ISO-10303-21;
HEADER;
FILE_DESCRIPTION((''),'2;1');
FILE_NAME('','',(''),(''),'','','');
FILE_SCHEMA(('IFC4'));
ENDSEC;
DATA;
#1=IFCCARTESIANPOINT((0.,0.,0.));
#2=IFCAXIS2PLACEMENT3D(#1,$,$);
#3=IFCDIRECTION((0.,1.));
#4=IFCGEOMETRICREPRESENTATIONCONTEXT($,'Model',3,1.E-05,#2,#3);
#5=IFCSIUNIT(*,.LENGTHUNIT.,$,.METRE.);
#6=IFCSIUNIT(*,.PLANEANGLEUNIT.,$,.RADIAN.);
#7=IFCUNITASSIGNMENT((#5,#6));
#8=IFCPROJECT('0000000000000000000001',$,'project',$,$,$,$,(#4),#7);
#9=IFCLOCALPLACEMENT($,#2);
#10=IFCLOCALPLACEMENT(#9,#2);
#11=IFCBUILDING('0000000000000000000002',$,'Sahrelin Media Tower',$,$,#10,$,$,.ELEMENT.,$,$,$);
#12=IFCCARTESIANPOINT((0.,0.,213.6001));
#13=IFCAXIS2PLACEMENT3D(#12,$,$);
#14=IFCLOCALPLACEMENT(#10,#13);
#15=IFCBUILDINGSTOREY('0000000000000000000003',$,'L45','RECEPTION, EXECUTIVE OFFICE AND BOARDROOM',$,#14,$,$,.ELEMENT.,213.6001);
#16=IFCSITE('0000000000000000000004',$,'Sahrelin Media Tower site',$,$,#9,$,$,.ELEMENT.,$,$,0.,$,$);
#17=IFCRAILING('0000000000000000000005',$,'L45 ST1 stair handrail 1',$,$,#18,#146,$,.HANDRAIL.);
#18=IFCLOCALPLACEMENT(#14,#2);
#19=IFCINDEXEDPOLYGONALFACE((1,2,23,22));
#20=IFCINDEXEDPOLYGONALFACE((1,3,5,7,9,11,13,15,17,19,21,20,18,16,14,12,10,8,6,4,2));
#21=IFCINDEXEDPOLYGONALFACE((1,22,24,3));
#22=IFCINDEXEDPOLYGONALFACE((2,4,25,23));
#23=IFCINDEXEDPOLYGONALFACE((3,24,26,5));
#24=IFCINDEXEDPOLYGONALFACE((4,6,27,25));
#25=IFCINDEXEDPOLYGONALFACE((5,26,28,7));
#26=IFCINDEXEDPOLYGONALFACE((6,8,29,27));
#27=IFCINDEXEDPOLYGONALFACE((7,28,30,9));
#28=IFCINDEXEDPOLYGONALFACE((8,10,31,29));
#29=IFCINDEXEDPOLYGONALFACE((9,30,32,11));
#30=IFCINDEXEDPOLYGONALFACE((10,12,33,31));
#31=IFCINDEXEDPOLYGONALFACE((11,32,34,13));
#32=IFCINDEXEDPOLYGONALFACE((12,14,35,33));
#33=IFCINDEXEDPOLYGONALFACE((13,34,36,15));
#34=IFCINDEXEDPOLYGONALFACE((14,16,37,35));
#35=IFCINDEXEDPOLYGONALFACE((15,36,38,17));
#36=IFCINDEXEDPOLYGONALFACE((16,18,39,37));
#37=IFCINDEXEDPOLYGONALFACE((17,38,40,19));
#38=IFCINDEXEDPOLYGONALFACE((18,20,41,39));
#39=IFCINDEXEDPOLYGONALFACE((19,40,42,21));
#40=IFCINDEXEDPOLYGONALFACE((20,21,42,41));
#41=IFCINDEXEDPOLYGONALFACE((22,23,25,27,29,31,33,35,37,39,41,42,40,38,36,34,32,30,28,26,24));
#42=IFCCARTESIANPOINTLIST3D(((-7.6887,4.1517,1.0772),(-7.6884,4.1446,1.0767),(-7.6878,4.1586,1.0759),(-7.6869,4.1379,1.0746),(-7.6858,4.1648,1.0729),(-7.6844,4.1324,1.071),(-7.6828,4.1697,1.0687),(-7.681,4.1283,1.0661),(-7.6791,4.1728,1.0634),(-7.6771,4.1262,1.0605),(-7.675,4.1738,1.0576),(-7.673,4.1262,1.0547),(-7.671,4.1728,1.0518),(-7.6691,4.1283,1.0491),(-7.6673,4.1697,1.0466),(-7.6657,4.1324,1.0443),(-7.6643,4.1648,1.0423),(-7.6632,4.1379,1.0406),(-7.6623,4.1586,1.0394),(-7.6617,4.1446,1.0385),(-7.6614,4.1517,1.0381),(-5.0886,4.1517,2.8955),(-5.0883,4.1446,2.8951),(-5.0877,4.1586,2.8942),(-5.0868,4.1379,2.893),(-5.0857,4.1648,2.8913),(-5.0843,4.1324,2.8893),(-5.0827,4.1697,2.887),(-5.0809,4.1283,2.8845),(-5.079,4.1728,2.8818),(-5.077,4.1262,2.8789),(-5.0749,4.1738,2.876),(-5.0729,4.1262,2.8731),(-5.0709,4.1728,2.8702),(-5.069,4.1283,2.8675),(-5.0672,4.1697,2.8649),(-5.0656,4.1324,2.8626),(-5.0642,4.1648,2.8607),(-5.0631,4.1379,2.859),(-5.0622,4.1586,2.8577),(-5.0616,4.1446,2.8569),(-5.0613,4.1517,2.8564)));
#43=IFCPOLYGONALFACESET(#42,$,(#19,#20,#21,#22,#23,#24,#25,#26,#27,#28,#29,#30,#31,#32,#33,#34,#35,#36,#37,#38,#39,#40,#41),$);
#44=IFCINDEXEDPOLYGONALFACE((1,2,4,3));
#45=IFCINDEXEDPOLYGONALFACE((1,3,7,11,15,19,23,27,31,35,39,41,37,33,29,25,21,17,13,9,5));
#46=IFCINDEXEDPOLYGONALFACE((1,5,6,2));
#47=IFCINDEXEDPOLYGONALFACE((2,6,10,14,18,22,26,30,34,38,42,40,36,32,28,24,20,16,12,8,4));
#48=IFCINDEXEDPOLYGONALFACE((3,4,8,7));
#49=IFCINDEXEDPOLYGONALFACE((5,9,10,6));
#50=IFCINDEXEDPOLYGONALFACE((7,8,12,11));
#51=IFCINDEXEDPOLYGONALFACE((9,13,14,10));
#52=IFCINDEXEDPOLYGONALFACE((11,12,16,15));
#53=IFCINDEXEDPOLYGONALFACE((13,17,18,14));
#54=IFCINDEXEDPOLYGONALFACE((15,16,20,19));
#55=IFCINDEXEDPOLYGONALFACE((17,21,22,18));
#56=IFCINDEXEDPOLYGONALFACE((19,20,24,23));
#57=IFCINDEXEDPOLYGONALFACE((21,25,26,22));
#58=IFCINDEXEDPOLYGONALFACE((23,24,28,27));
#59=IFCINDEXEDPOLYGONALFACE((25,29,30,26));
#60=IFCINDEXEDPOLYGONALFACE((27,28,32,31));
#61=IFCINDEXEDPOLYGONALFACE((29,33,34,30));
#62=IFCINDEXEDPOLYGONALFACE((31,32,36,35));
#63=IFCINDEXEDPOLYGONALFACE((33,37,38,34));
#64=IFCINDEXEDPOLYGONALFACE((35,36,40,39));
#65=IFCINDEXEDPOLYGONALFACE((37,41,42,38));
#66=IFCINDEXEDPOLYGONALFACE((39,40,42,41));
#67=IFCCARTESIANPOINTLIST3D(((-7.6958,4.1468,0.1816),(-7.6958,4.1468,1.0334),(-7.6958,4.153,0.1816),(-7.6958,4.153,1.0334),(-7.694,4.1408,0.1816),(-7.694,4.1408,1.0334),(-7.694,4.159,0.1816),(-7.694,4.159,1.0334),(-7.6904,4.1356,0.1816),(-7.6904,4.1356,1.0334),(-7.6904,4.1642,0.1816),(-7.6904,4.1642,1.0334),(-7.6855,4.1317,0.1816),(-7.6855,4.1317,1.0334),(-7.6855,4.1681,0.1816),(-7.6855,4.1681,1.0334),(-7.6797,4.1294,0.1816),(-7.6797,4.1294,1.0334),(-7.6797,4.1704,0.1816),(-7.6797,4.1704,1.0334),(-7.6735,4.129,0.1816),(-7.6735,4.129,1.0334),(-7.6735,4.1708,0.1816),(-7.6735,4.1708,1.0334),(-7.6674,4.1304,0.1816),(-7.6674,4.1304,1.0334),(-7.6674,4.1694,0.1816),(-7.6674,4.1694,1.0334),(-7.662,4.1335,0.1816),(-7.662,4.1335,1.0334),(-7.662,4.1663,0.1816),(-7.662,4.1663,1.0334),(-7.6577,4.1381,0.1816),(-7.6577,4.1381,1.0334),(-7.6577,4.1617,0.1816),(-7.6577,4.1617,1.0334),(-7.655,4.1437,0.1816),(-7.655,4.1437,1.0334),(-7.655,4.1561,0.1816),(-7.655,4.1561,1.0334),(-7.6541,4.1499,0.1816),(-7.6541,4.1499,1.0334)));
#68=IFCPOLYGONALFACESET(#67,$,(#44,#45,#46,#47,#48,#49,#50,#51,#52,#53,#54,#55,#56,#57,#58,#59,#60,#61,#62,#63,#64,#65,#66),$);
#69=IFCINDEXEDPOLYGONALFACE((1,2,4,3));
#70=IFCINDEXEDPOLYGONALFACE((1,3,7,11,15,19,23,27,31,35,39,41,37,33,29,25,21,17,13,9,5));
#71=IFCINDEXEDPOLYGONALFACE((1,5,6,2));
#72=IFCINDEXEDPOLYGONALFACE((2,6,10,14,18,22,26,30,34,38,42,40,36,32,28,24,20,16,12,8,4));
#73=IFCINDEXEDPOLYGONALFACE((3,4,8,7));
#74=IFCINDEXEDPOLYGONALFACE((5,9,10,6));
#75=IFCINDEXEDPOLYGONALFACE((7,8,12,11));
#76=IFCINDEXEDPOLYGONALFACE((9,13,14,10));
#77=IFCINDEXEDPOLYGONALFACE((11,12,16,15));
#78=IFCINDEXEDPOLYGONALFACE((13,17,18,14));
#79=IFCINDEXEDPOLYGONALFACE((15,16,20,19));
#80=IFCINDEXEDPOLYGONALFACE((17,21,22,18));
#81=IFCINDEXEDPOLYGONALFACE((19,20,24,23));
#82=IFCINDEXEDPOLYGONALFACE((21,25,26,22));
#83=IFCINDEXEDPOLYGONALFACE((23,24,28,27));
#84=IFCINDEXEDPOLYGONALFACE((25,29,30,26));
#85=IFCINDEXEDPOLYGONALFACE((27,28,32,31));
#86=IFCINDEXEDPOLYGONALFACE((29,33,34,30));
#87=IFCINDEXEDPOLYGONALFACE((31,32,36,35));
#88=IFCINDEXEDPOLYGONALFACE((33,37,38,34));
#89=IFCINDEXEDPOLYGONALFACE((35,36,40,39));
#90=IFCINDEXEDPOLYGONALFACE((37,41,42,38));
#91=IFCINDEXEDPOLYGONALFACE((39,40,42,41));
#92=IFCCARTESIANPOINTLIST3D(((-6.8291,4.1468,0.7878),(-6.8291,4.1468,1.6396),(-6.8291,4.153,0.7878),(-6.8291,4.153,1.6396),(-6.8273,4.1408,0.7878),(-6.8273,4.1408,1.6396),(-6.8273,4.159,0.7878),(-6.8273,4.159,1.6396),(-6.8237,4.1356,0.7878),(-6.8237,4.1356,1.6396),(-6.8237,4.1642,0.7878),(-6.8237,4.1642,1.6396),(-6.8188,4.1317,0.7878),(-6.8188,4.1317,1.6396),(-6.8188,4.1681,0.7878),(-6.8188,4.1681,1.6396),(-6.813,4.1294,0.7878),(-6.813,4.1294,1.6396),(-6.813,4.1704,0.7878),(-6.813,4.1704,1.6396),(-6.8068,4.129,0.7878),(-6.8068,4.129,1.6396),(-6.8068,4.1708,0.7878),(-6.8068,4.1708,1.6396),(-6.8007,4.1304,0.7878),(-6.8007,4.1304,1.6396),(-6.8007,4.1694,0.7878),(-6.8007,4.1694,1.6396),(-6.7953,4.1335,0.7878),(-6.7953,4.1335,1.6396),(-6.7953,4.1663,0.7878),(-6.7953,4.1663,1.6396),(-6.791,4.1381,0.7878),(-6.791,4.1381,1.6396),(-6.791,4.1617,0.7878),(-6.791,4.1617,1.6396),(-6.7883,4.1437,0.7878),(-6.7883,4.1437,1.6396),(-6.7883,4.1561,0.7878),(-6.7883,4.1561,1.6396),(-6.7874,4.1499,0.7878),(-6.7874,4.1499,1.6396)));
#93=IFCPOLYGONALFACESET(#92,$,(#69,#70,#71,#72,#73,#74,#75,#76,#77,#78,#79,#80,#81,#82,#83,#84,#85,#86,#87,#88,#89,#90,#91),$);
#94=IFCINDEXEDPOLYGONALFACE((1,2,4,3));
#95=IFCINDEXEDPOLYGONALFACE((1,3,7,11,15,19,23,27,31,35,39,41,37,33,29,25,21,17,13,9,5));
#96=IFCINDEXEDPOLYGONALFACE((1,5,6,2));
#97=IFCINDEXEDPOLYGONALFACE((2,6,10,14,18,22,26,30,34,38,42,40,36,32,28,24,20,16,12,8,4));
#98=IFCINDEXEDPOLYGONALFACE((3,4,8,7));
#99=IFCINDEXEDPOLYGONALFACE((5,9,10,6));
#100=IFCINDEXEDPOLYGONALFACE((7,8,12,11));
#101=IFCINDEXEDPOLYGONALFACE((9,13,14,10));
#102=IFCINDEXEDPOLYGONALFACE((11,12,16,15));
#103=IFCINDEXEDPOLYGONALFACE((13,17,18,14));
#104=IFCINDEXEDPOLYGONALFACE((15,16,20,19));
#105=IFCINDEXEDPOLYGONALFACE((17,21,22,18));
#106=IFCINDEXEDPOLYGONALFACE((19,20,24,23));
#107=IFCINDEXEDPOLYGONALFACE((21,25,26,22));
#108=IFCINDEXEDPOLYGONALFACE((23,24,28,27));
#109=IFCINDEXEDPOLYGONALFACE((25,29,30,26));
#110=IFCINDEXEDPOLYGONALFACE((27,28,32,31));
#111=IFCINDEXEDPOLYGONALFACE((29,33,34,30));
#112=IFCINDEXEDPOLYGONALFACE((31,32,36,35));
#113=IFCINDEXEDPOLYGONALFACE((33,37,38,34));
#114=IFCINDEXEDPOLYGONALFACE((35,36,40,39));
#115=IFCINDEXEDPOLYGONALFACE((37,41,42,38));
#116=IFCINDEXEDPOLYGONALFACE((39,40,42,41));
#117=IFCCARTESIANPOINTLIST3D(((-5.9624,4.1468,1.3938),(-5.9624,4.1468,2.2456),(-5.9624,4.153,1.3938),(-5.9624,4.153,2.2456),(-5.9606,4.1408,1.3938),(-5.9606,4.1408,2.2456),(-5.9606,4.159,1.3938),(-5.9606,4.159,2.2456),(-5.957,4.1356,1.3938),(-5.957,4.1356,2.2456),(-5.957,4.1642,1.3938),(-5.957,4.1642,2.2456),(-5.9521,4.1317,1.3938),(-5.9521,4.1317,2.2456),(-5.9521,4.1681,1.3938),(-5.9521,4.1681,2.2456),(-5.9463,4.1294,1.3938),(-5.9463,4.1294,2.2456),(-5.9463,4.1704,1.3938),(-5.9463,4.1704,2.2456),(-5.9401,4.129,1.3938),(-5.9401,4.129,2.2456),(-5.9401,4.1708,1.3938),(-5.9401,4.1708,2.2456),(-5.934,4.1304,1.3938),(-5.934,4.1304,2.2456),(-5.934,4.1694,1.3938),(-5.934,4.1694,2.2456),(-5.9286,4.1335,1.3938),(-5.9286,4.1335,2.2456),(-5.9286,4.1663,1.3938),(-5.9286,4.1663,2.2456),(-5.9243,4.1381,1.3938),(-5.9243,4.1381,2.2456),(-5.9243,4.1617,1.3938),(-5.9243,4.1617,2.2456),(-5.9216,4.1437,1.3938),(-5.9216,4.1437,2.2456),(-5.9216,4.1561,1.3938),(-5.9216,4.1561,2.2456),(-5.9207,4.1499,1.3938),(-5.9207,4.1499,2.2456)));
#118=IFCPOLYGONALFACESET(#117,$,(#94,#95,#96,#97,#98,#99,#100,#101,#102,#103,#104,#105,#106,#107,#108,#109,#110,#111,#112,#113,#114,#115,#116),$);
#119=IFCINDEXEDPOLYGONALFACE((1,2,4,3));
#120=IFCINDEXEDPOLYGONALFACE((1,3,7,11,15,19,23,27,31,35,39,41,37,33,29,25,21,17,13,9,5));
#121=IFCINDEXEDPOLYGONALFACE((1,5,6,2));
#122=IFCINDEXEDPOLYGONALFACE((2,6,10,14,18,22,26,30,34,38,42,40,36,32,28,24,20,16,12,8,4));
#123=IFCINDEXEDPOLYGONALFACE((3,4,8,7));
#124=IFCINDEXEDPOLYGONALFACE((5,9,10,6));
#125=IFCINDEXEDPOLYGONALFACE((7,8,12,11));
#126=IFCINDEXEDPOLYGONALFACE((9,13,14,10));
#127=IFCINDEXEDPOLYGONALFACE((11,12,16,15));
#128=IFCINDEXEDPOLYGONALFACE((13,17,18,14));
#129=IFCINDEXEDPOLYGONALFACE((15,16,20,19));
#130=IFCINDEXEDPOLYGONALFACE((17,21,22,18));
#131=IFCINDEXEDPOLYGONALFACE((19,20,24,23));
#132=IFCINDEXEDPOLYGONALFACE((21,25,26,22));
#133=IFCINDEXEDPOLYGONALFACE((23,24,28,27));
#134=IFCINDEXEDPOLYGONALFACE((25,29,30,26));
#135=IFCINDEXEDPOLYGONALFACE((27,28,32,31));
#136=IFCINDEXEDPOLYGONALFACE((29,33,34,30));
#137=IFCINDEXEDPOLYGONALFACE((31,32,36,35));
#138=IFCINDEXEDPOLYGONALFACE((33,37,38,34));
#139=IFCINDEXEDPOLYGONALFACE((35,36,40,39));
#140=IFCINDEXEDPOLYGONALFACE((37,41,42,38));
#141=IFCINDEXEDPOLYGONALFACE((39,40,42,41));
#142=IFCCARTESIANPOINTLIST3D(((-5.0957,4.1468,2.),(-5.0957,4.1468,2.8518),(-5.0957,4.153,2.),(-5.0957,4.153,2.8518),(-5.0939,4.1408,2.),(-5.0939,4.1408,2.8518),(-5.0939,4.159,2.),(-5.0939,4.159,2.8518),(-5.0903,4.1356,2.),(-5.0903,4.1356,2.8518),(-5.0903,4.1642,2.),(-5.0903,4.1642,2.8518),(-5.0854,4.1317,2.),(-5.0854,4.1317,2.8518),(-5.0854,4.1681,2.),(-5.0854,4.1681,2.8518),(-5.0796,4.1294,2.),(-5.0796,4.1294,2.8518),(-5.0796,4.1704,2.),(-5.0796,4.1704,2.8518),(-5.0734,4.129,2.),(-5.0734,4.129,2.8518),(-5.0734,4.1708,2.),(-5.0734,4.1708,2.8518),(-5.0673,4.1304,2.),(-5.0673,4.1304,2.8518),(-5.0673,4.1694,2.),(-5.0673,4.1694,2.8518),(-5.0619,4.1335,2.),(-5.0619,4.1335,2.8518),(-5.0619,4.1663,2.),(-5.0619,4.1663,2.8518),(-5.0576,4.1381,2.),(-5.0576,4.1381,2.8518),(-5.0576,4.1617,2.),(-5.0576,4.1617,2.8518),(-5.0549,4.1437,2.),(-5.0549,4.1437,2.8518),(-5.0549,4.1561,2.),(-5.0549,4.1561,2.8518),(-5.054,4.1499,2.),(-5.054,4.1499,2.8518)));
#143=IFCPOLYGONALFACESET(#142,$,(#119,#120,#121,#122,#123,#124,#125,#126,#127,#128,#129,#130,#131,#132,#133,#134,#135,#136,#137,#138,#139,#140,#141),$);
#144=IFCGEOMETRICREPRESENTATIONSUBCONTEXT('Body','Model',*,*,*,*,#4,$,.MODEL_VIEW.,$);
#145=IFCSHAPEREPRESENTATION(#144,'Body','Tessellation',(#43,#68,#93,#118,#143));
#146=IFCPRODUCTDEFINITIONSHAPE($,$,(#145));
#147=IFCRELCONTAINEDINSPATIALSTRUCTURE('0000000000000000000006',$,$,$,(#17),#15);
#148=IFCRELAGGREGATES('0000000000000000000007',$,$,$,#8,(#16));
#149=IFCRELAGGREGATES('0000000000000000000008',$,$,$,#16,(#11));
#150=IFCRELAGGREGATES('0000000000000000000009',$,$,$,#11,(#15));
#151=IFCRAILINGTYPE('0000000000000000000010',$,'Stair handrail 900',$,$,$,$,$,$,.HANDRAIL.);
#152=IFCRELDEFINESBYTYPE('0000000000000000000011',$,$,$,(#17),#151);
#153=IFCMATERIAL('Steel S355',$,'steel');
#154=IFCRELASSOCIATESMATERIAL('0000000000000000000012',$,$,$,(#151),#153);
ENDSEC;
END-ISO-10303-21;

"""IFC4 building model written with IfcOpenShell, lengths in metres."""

from ifc_helpers import new_model, si_unit, direction, frame, origin, origin_2d, place, context, subcontext, project, spatial, circle, extrude, material, type_object, element, save


model = new_model("IFC4")

# Units and contexts
model_context = context("Model", 3, precision=1e-05, world=origin(), true_north=direction((0.0, 1.0)))
body_context = subcontext(model_context, "Body", "Model", "MODEL_VIEW")
ifc_project = project(units=[si_unit("LENGTHUNIT", "METRE"), si_unit("PLANEANGLEUNIT", "RADIAN")], contexts=[model_context])

# Site, building, storey
site_placement = place(None, origin())
site = spatial("IfcSite", under=ifc_project, at=site_placement, Name="Sahrelin Media Tower site", CompositionType="ELEMENT", RefElevation=0.0)
building_placement = place(site_placement, origin())
building = spatial("IfcBuilding", under=site, at=building_placement, Name="Sahrelin Media Tower", CompositionType="ELEMENT")
storey_placement = place(building_placement, frame((0.0, 0.0, 213.6001)))
storey = spatial("IfcBuildingStorey", under=building, at=storey_placement, Name="L45", Description="RECEPTION, EXECUTIVE OFFICE AND BOARDROOM", CompositionType="ELEMENT", Elevation=213.6001)

# Shared definitions
ifc_material_1 = material(Name="Steel S355", Category="steel")

# Railing
railing_type_1 = type_object("IfcRailingType", Name="Stair handrail 900", PredefinedType="HANDRAIL", material=ifc_material_1)
railing_1_placement = place(storey_placement, frame((-7.675, 4.1499, 0.1816)))
element("IfcRailing", 1, at=railing_1_placement, inside=storey, type_object=railing_type_1, Name="L45 ST1 stair handrail 1", PredefinedType="HANDRAIL", context=body_context, shape_type="SweptSolid", body=[
    extrude(circle(Radius=0.0239, at=origin_2d()), frame((0.0, 0.0, 0.876), z_axis=(0.819485, 0.0, 0.573101), x_axis=(0.0, 1.0, 0.0)), (0.0, 0.0, 1.0), 3.1729),
    extrude(circle(Radius=0.021, at=origin_2d()), origin(), (0.0, 0.0, 1.0), 0.8518),
    extrude(circle(Radius=0.021, at=origin_2d()), frame((0.8667, 0.0, 0.6062)), (0.0, 0.0, 1.0), 0.8518),
    extrude(circle(Radius=0.021, at=origin_2d()), frame((1.7334, 0.0, 1.2122)), (0.0, 0.0, 1.0), 0.8518),
    extrude(circle(Radius=0.021, at=origin_2d()), frame((2.6001, 0.0, 1.8184)), (0.0, 0.0, 1.0), 0.8518),
])

save(model, "model.ifc")
